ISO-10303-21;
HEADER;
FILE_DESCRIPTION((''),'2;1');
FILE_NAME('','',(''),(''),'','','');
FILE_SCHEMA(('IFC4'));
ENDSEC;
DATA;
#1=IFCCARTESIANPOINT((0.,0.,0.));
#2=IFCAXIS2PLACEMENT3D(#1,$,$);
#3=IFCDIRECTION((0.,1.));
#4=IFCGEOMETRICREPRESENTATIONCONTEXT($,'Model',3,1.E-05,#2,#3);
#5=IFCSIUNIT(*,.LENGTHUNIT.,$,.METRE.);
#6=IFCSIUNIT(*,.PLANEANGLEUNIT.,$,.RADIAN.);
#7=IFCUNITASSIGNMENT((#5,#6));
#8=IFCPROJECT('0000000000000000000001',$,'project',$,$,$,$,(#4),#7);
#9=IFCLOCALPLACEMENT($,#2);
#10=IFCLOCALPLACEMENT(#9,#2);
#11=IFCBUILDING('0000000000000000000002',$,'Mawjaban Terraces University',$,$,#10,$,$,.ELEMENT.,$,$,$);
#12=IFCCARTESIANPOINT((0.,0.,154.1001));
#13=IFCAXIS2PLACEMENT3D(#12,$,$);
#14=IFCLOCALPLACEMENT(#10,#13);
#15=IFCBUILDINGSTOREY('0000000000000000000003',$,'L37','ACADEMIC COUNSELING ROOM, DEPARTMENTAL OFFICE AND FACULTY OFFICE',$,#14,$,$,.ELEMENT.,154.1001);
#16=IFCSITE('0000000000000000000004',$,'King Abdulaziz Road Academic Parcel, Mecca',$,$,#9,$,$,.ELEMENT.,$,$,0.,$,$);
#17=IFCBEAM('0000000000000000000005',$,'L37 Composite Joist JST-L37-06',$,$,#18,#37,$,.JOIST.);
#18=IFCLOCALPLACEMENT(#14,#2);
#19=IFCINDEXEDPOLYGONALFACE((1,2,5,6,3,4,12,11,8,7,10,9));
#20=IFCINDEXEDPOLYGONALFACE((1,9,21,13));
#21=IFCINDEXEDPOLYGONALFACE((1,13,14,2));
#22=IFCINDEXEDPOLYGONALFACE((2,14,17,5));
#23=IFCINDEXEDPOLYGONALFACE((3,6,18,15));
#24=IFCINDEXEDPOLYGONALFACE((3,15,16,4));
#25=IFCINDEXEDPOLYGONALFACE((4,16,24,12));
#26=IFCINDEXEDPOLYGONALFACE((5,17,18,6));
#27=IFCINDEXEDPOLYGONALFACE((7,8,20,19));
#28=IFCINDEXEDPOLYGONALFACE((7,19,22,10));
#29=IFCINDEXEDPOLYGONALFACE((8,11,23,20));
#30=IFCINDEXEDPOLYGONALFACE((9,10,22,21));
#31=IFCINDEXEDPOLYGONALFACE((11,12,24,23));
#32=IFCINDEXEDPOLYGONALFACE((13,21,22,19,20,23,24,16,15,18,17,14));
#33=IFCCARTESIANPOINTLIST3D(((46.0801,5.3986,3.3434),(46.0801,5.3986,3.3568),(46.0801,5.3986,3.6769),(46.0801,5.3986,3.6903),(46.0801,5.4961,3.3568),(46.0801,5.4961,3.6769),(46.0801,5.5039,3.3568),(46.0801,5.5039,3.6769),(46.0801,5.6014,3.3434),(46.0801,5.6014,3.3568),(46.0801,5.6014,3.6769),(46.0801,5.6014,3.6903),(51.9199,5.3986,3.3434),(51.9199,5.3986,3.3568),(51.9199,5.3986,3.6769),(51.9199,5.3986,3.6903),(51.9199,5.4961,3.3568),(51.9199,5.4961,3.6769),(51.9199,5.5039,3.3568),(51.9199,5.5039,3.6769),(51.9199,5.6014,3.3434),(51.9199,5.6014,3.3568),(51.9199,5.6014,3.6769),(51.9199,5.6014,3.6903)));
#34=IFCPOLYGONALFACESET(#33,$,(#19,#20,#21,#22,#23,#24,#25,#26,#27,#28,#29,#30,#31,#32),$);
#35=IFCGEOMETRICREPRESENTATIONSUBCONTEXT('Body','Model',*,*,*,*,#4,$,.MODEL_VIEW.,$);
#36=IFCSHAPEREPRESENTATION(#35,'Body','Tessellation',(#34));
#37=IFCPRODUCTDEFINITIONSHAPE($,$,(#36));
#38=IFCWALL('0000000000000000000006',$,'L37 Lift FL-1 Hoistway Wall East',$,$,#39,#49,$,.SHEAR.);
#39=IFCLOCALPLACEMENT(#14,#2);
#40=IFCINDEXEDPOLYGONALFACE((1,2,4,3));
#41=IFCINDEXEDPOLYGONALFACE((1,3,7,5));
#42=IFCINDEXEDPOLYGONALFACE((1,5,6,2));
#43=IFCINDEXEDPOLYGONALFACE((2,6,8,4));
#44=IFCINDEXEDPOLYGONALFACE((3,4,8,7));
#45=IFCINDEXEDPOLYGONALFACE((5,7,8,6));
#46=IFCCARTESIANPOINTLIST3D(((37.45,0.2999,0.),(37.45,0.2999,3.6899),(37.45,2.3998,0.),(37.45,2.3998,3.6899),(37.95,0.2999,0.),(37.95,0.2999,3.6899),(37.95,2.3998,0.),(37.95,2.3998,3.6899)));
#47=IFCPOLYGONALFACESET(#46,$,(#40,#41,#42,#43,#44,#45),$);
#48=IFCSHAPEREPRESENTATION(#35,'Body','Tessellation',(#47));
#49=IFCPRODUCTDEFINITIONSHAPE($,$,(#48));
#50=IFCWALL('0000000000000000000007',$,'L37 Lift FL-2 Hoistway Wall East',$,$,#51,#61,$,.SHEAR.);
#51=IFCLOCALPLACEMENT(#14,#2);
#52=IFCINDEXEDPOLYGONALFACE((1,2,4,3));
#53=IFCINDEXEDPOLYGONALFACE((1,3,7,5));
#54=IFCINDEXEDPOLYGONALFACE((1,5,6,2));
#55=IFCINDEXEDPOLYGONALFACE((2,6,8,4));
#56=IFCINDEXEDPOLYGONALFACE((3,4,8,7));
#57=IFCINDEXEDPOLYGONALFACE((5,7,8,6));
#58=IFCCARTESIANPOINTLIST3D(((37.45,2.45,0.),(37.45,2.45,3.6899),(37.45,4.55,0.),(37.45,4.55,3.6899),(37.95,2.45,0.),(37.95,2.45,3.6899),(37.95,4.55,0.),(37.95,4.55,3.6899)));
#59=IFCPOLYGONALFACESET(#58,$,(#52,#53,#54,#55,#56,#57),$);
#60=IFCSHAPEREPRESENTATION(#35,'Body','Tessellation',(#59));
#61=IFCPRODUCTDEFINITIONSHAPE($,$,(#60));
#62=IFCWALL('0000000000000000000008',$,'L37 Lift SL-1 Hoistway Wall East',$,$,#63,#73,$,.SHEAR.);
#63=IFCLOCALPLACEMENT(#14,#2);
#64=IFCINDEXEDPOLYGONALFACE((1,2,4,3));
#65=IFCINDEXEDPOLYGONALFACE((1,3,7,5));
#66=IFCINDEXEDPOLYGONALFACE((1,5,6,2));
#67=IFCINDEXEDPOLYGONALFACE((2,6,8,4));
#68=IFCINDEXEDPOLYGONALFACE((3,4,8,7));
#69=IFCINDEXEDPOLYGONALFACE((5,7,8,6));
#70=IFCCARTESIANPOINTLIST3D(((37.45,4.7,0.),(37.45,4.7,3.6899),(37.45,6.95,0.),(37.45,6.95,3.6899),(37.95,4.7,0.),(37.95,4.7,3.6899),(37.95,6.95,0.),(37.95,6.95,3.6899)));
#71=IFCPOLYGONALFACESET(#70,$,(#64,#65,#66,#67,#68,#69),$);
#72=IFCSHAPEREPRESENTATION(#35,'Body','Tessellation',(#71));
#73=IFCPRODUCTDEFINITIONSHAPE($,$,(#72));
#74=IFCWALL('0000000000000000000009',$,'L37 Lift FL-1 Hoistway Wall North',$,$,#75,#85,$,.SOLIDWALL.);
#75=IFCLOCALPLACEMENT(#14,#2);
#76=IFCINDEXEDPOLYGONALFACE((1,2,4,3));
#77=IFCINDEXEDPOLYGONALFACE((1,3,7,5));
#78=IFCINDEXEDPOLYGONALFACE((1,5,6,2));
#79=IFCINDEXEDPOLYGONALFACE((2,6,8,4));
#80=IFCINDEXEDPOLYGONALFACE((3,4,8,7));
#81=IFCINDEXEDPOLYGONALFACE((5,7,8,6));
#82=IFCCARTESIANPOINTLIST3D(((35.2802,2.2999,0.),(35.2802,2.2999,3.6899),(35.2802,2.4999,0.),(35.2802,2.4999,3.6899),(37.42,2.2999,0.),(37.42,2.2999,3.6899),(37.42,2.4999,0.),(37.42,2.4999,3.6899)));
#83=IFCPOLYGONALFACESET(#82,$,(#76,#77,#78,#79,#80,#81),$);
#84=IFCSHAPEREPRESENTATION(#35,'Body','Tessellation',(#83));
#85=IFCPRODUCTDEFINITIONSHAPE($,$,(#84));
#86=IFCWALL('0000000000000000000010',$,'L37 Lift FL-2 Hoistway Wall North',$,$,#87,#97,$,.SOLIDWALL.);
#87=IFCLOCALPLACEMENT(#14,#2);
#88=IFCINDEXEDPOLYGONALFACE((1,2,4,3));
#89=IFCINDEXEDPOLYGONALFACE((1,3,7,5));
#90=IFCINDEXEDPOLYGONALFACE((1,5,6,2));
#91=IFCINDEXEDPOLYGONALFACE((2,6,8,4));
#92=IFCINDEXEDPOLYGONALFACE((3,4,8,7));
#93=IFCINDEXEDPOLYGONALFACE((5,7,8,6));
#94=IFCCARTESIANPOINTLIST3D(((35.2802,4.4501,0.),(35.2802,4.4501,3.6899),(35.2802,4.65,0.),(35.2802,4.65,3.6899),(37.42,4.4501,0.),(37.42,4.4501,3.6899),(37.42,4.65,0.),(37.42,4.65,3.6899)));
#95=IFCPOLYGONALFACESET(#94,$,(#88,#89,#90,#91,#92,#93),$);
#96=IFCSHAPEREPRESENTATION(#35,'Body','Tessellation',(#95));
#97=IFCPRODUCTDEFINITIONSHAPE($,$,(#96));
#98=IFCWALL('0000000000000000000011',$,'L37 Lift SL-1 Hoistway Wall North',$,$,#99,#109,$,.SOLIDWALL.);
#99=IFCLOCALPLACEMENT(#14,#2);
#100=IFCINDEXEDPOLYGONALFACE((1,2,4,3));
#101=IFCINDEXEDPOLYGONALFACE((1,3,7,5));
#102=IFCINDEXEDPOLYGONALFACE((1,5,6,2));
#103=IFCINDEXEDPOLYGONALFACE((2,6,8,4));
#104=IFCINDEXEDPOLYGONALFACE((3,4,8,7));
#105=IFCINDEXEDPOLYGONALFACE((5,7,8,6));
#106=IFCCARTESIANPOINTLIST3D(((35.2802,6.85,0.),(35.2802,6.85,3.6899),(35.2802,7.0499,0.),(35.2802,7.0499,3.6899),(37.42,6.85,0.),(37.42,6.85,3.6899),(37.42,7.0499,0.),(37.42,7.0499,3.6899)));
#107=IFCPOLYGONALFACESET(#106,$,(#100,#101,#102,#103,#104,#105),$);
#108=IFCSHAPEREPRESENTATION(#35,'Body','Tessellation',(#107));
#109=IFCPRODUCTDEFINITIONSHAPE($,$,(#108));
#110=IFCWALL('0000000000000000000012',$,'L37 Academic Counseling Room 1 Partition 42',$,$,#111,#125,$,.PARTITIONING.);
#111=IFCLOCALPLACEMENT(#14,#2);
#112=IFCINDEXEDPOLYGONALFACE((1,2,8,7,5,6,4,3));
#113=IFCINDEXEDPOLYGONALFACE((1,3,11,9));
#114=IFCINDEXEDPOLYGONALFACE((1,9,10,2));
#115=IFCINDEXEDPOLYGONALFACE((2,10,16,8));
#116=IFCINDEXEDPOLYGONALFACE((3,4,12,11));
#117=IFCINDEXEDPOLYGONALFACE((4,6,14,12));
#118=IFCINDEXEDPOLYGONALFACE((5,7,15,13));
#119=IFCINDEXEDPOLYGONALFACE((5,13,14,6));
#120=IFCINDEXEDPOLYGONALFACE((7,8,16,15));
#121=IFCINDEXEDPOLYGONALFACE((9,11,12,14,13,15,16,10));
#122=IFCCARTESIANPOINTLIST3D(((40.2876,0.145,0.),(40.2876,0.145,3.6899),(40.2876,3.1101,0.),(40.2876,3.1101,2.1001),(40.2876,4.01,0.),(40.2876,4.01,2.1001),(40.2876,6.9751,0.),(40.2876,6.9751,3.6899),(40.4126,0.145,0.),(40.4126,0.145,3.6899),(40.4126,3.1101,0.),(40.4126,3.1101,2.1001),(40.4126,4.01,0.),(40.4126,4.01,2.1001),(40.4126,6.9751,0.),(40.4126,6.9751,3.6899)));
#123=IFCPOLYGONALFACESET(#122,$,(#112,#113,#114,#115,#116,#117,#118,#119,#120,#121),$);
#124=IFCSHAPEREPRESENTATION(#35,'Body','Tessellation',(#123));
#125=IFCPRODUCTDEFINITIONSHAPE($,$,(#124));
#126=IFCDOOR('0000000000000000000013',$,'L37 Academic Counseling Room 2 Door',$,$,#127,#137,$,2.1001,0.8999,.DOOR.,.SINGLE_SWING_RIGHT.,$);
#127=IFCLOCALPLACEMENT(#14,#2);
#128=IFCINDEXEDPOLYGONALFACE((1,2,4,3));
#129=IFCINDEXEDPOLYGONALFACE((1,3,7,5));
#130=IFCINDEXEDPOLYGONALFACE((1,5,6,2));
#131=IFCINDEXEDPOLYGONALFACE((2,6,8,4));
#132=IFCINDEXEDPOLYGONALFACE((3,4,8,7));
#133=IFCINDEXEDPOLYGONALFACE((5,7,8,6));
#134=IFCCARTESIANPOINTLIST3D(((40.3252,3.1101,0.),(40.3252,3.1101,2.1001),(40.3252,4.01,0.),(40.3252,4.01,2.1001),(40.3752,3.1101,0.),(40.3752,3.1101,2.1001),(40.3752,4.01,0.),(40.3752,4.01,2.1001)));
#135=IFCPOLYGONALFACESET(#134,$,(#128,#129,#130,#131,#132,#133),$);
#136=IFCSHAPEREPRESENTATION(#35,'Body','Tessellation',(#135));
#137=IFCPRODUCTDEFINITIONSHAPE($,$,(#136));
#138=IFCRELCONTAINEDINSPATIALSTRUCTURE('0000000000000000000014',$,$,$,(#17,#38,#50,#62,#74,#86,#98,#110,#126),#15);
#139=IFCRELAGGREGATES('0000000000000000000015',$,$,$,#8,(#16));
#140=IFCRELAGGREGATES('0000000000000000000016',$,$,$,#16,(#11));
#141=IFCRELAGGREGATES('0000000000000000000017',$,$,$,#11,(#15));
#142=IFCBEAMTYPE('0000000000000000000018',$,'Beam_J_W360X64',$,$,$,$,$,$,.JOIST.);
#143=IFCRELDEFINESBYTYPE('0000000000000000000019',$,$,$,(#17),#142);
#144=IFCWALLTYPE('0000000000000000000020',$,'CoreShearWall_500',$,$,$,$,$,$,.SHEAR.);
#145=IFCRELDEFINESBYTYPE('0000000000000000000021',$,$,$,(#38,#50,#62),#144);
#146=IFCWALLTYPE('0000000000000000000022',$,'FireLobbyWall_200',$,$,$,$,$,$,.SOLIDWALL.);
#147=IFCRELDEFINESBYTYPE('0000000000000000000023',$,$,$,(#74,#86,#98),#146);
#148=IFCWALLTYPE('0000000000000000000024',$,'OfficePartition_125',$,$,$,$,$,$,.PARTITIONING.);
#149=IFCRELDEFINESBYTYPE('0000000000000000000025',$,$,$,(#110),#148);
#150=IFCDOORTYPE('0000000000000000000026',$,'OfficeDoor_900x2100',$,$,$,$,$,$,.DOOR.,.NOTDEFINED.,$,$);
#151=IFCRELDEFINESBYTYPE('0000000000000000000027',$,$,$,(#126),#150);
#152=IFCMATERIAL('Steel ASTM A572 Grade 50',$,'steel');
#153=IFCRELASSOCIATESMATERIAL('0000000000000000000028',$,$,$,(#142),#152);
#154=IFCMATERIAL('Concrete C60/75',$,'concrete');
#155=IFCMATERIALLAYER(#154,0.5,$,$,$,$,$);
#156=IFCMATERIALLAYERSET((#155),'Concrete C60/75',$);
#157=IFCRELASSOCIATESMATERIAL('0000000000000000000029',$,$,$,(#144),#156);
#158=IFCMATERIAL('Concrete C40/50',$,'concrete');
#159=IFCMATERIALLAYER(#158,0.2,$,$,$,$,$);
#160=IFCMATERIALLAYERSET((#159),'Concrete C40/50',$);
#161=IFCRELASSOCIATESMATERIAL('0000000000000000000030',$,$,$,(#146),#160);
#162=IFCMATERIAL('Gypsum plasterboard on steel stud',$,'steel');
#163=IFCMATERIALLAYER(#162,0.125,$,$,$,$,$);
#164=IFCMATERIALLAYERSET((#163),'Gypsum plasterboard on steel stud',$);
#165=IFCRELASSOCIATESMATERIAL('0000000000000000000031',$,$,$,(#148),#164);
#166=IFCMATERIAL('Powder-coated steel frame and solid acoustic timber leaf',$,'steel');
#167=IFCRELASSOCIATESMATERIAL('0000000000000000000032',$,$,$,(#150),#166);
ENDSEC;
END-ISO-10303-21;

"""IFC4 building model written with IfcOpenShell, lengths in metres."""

from ifc_helpers import new_model, si_unit, direction, frame, frame_2d, origin, origin_2d, place, context, subcontext, project, spatial, rectangle, i_section, extrude, material, layer, layer_set, material_profile, profile_set, type_object, element, fill, save


model = new_model("IFC4")

# Units and contexts
model_context = context("Model", 3, precision=1e-05, world=origin(), true_north=direction((0.0, 1.0)))
body_context = subcontext(model_context, "Body", "Model", "MODEL_VIEW")
ifc_project = project(units=[si_unit("LENGTHUNIT", "METRE"), si_unit("PLANEANGLEUNIT", "RADIAN")], contexts=[model_context])

# Site, building, storey
site_placement = place(None, origin())
site = spatial("IfcSite", under=ifc_project, at=site_placement, Name="King Abdulaziz Road Academic Parcel, Mecca", CompositionType="ELEMENT", RefElevation=0.0)
building_placement = place(site_placement, origin())
building = spatial("IfcBuilding", under=site, at=building_placement, Name="Mawjaban Terraces University", CompositionType="ELEMENT")
storey_placement = place(building_placement, frame((0.0, 0.0, 154.1001)))
storey = spatial("IfcBuildingStorey", under=building, at=storey_placement, Name="L37", Description="ACADEMIC COUNSELING ROOM, DEPARTMENTAL OFFICE AND FACULTY OFFICE", CompositionType="ELEMENT", Elevation=154.1001)

# Shared definitions
ifc_material_1 = material(Name="Concrete C60/75", Category="concrete")

# Beam
ifc_material_2 = material(Name="Steel ASTM A572 Grade 50", Category="steel")
ifc_material_profile_1 = material_profile(ifc_material_2, i_section(OverallWidth=0.2029, OverallDepth=0.3469, WebThickness=0.0078, FlangeThickness=0.0134, at=origin_2d()), Name="W360X64")
ifc_profile_set_1 = profile_set([ifc_material_profile_1], Name="Steel ASTM A572 Grade 50")
beam_type_1 = type_object("IfcBeamType", Name="Beam_J_W360X64", PredefinedType="JOIST", material=ifc_profile_set_1)
beam_1_placement = place(storey_placement, frame((46.0801, 5.5, 3.5168), z_axis=(1.0, 0.0, 0.0), x_axis=(0.0, 1.0, 0.0)))
element("IfcBeam", 1, at=beam_1_placement, inside=storey, type_object=beam_type_1, Name="L37 Composite Joist JST-L37-06", PredefinedType="JOIST", context=body_context, shape_type="SweptSolid", body=[
    extrude(i_section(OverallWidth=0.2029, OverallDepth=0.3469, WebThickness=0.0078, FlangeThickness=0.0134, at=origin_2d()), origin(), (0.0, 0.0, 1.0), 5.8398),
])

# Walls
ifc_layer_1 = layer(ifc_material_1, 0.5)
ifc_layer_set_1 = layer_set([ifc_layer_1], Name="Concrete C60/75")
wall_type_1 = type_object("IfcWallType", Name="CoreShearWall_500", PredefinedType="SHEAR", material=ifc_layer_set_1)
wall_1_placement = place(storey_placement, frame((37.7, 0.3, 0.0), z_axis=(0.0, 0.0, 1.0), x_axis=(0.0, 1.0, 0.0)))
element("IfcWall", 2, at=wall_1_placement, inside=storey, type_object=wall_type_1, Name="L37 Lift FL-1 Hoistway Wall East", PredefinedType="SHEAR", context=body_context, shape_type="SweptSolid", body=[
    extrude(rectangle(XDim=2.0999, YDim=0.5, at=frame_2d((1.0498, 0.0))), origin(), (0.0, 0.0, 1.0), 3.6899),
])
wall_2_placement = place(storey_placement, frame((37.7, 2.45, 0.0), z_axis=(0.0, 0.0, 1.0), x_axis=(0.0, 1.0, 0.0)))
element("IfcWall", 3, at=wall_2_placement, inside=storey, type_object=wall_type_1, Name="L37 Lift FL-2 Hoistway Wall East", PredefinedType="SHEAR", context=body_context, shape_type="SweptSolid", body=[
    extrude(rectangle(XDim=2.1001, YDim=0.5, at=frame_2d((1.05, 0.0))), origin(), (0.0, 0.0, 1.0), 3.6899),
])
wall_3_placement = place(storey_placement, frame((37.7, 4.7, 0.0), z_axis=(0.0, 0.0, 1.0), x_axis=(0.0, 1.0, 0.0)))
element("IfcWall", 4, at=wall_3_placement, inside=storey, type_object=wall_type_1, Name="L37 Lift SL-1 Hoistway Wall East", PredefinedType="SHEAR", context=body_context, shape_type="SweptSolid", body=[
    extrude(rectangle(XDim=2.25, YDim=0.5, at=frame_2d((1.125, 0.0))), origin(), (0.0, 0.0, 1.0), 3.6899),
])
ifc_material_3 = material(Name="Concrete C40/50", Category="concrete")
ifc_layer_2 = layer(ifc_material_3, 0.2)
ifc_layer_set_2 = layer_set([ifc_layer_2], Name="Concrete C40/50")
wall_type_2 = type_object("IfcWallType", Name="FireLobbyWall_200", PredefinedType="SOLIDWALL", material=ifc_layer_set_2)
for number, where, z_axis, x_axis, name in (
    (5, (37.4199, 2.3999, 0.0), (0.0, 0.0, 1.0), (-1.0, 0.0, 0.0), "L37 Lift FL-1 Hoistway Wall North"),
    (6, (37.4199, 4.55, 0.0), (0.0, 0.0, 1.0), (-1.0, 0.0, 0.0), "L37 Lift FL-2 Hoistway Wall North"),
    (7, (37.4199, 6.95, 0.0), (0.0, 0.0, 1.0), (-1.0, 0.0, 0.0), "L37 Lift SL-1 Hoistway Wall North"),
):
    element("IfcWall", number, at=place(storey_placement, frame(where, z_axis=z_axis, x_axis=x_axis)), inside=storey, type_object=wall_type_2, Name=name, PredefinedType="SOLIDWALL", context=body_context, shape_type="SweptSolid", body=[
        extrude(rectangle(XDim=2.1399, YDim=0.2, at=frame_2d((1.0698, 0.0))), origin(), (0.0, 0.0, 1.0), 3.6899),
    ])

# Wall, opening, door
ifc_material_4 = material(Name="Gypsum plasterboard on steel stud", Category="steel")
ifc_layer_3 = layer(ifc_material_4, 0.125)
ifc_layer_set_3 = layer_set([ifc_layer_3], Name="Gypsum plasterboard on steel stud")
wall_type_3 = type_object("IfcWallType", Name="OfficePartition_125", PredefinedType="PARTITIONING", material=ifc_layer_set_3)
wall_4_placement = place(storey_placement, frame((40.3501, 0.145, 0.0), z_axis=(0.0, 0.0, 1.0), x_axis=(0.0, 1.0, 0.0)))
wall_4 = element("IfcWall", 8, at=wall_4_placement, inside=storey, type_object=wall_type_3, Name="L37 Academic Counseling Room 1 Partition 42", PredefinedType="PARTITIONING", context=body_context, shape_type="SweptSolid", body=[
    extrude(rectangle(XDim=6.8301, YDim=0.125, at=frame_2d((3.415, 0.0))), origin(), (0.0, 0.0, 1.0), 3.6899),
])
opening_placement = place(wall_4_placement, frame((2.9651, 0.0, 0.0)))
opening = element("IfcOpeningElement", 9, at=opening_placement, cuts=wall_4, PredefinedType="OPENING", context=body_context, shape_type="SweptSolid", body=[
    extrude(rectangle(XDim=0.8999, YDim=2.1001, at=frame_2d((0.45, 1.05))), frame((0.0, 0.0725, 0.0), z_axis=(0.0, -1.0, 0.0), x_axis=(1.0, 0.0, 0.0)), (0.0, 0.0, 1.0), 0.145),
])
ifc_material_5 = material(Name="Powder-coated steel frame and solid acoustic timber leaf", Category="steel")
door_type = type_object("IfcDoorType", Name="OfficeDoor_900x2100", OperationType="NOTDEFINED", PredefinedType="DOOR", material=ifc_material_5)
door_placement = place(opening_placement, origin())
door = element("IfcDoor", 10, at=door_placement, inside=storey, type_object=door_type, Name="L37 Academic Counseling Room 2 Door", OperationType="SINGLE_SWING_RIGHT", OverallHeight=2.1001, OverallWidth=0.8999, PredefinedType="DOOR", context=body_context, shape_type="SweptSolid", body=[
    extrude(rectangle(XDim=0.8999, YDim=2.1001, at=frame_2d((0.45, 1.05))), frame((0.0, 0.0249, 0.0), z_axis=(0.0, -1.0, 0.0), x_axis=(1.0, 0.0, 0.0)), (0.0, 0.0, 1.0), 0.05),
])
fill(opening, door)

save(model, "model.ifc")
